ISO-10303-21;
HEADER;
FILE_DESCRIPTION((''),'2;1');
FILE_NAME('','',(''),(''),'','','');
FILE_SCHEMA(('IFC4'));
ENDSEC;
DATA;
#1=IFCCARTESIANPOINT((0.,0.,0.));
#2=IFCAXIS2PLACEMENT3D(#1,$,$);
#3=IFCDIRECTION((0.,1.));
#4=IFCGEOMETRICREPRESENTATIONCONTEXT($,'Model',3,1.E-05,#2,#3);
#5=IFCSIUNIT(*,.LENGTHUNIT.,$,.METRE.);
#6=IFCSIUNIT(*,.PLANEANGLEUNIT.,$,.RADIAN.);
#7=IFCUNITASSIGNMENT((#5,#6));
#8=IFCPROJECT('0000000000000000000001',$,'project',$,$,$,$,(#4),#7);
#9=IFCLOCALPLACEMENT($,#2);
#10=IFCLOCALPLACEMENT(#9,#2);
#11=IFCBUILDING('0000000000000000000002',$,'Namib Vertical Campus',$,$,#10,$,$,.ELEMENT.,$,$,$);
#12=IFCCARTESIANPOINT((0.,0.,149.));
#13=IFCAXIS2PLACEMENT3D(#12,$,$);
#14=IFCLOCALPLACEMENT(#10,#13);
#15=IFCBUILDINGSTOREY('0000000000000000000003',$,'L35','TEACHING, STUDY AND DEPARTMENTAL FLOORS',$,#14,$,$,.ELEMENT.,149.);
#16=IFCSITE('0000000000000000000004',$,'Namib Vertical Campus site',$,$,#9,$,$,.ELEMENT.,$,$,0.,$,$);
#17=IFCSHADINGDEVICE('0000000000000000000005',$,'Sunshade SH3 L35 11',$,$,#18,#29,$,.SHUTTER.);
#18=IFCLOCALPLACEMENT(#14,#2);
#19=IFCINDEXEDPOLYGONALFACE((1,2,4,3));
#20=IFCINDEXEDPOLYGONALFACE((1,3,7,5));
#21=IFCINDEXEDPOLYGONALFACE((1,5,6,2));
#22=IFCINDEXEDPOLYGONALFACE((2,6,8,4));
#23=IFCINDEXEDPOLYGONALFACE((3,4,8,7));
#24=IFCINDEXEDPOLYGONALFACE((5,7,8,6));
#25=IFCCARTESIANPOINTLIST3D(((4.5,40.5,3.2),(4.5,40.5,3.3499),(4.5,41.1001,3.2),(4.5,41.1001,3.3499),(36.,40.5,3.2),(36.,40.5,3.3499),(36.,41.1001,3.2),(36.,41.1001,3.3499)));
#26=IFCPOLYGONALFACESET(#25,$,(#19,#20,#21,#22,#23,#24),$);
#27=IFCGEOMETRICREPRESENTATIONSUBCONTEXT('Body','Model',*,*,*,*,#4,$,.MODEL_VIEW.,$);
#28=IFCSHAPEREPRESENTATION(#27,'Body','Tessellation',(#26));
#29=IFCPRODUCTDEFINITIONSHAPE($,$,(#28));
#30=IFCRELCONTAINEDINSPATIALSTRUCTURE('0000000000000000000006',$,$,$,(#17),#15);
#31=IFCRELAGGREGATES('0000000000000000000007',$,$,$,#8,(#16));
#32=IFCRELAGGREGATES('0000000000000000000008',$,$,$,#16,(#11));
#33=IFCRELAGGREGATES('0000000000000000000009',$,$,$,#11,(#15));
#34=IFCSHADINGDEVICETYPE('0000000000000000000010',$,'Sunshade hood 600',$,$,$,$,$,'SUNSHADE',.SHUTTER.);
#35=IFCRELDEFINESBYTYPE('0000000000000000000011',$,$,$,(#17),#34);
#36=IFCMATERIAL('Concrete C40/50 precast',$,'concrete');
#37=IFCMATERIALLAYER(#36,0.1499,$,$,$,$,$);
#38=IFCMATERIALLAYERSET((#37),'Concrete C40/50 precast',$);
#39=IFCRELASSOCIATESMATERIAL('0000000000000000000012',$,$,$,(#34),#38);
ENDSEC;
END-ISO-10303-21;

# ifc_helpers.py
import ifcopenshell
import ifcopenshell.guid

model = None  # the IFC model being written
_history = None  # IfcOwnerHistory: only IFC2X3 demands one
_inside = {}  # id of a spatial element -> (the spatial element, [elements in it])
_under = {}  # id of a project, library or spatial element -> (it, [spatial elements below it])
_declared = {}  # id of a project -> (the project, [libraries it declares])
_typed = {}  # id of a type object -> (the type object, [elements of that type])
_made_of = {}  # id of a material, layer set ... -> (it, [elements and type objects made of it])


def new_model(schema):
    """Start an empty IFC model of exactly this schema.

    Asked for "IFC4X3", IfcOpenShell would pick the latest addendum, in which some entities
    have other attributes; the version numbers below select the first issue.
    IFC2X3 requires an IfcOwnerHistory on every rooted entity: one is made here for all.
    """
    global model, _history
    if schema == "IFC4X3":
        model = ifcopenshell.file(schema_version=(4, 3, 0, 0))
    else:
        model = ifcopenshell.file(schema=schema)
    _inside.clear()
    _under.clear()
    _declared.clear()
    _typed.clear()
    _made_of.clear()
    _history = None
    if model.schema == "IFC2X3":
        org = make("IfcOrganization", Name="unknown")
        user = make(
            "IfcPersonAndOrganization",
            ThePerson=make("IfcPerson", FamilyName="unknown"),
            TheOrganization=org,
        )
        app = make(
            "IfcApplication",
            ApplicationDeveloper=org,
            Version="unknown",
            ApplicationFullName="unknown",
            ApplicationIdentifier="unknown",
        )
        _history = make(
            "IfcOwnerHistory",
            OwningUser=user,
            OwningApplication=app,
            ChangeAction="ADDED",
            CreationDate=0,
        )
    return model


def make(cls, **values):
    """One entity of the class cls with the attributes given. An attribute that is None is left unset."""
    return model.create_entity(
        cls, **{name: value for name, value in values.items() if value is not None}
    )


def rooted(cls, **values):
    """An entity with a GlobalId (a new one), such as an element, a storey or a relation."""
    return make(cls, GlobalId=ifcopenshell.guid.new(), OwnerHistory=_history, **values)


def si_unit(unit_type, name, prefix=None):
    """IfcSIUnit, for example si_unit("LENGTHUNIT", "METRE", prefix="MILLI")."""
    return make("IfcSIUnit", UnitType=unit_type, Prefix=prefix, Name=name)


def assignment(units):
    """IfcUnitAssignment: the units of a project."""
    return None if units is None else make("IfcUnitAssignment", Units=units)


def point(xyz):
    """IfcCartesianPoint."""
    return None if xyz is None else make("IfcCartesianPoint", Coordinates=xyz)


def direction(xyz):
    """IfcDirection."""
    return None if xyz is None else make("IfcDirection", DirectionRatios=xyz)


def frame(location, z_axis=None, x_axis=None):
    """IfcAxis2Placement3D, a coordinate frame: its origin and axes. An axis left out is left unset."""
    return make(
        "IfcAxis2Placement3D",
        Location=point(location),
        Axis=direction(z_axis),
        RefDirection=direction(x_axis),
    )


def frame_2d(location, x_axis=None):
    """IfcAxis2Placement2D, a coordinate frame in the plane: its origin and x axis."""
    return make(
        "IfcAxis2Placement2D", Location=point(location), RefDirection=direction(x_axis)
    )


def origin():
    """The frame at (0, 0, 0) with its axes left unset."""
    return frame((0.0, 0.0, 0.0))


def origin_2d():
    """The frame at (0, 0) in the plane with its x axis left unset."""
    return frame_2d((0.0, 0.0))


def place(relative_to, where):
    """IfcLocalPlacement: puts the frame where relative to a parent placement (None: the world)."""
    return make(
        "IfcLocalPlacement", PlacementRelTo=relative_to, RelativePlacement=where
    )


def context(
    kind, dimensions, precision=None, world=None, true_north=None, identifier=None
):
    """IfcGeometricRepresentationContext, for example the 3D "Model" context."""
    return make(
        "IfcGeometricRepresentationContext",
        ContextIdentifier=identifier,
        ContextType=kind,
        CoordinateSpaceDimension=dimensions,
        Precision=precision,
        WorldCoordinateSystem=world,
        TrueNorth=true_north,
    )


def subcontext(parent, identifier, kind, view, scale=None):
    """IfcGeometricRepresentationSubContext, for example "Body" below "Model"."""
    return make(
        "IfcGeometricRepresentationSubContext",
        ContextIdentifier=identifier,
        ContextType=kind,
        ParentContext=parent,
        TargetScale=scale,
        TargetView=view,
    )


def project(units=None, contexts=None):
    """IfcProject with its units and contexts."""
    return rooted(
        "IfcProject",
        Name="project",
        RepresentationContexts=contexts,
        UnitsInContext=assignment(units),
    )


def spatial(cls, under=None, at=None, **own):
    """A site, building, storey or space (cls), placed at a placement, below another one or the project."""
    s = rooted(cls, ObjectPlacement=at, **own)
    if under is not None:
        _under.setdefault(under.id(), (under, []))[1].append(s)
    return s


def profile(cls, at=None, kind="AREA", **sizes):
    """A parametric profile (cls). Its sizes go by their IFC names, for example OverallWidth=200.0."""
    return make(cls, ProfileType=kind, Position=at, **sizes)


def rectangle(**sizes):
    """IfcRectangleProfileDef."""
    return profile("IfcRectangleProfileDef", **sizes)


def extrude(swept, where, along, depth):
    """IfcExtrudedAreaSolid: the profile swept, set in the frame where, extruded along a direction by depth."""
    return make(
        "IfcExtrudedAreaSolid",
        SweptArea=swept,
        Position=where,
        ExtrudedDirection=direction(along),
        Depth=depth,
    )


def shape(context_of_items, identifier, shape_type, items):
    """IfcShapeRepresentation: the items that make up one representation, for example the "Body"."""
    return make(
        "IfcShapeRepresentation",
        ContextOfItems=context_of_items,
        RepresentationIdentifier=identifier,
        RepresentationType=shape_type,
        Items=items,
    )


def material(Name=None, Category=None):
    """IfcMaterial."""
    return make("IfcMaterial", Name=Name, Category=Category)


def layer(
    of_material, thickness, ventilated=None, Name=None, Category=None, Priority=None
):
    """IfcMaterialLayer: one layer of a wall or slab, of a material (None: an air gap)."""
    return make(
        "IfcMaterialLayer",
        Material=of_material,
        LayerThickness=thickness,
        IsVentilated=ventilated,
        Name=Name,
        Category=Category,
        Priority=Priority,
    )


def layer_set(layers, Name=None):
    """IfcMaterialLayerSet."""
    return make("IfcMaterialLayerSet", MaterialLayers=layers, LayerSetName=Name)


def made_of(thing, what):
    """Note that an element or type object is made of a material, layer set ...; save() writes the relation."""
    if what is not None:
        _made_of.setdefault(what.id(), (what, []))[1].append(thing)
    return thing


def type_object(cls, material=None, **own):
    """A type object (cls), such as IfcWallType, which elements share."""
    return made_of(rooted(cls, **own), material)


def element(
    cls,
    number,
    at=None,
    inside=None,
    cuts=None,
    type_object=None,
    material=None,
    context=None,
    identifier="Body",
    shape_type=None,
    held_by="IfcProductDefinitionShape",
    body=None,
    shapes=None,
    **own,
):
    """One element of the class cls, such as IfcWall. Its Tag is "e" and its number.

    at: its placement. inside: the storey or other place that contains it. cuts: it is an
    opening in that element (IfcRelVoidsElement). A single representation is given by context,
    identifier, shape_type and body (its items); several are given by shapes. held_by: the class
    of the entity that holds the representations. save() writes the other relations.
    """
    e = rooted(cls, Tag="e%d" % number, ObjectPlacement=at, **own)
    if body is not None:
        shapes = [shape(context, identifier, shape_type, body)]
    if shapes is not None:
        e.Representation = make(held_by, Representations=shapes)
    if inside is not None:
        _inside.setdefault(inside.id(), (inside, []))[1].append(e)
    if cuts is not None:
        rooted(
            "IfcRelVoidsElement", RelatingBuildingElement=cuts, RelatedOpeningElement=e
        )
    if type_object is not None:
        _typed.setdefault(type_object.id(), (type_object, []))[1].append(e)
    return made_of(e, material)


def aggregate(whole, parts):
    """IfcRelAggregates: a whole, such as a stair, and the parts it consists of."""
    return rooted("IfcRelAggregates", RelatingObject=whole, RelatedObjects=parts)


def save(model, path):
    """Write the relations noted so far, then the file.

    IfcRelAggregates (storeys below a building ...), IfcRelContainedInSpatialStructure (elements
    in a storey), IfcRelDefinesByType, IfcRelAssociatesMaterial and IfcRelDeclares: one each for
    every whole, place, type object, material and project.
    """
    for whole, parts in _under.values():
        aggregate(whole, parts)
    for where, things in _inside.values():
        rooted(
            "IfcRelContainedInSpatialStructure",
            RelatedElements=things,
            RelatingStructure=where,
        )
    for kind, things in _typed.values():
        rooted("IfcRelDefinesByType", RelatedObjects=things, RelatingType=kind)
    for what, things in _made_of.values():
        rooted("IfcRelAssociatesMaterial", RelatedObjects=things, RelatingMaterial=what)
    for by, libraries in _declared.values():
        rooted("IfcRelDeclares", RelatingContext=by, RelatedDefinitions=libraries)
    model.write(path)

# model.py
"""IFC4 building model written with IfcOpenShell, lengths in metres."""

from ifc_helpers import new_model, si_unit, direction, frame, origin, origin_2d, place, context, subcontext, project, spatial, rectangle, extrude, material, layer, layer_set, type_object, element, save


model = new_model("IFC4")

# Units and contexts
model_context = context("Model", 3, precision=1e-05, world=origin(), true_north=direction((0.0, 1.0)))
body_context = subcontext(model_context, "Body", "Model", "MODEL_VIEW")
ifc_project = project(units=[si_unit("LENGTHUNIT", "METRE"), si_unit("PLANEANGLEUNIT", "RADIAN")], contexts=[model_context])

# Site, building, storey
site_placement = place(None, origin())
site = spatial("IfcSite", under=ifc_project, at=site_placement, Name="Namib Vertical Campus site", CompositionType="ELEMENT", RefElevation=0.0)
building_placement = place(site_placement, origin())
building = spatial("IfcBuilding", under=site, at=building_placement, Name="Namib Vertical Campus", CompositionType="ELEMENT")
storey_placement = place(building_placement, frame((0.0, 0.0, 149.0)))
storey = spatial("IfcBuildingStorey", under=building, at=storey_placement, Name="L35", Description="TEACHING, STUDY AND DEPARTMENTAL FLOORS", CompositionType="ELEMENT", Elevation=149.0)

# Shading device
ifc_material_1 = material(Name="Concrete C40/50 precast", Category="concrete")
ifc_layer_1 = layer(ifc_material_1, 0.1499)
ifc_layer_set_1 = layer_set([ifc_layer_1], Name="Concrete C40/50 precast")
shading_device_type = type_object("IfcShadingDeviceType", Name="Sunshade hood 600", ElementType="SUNSHADE", PredefinedType="SHUTTER", material=ifc_layer_set_1)
shading_device_placement = place(storey_placement, frame((20.25, 40.8, 3.2), z_axis=(0.0, 0.0, 1.0), x_axis=(-1.0, 0.0, 0.0)))
element("IfcShadingDevice", 1, at=shading_device_placement, inside=storey, type_object=shading_device_type, Name="Sunshade SH3 L35 11", PredefinedType="SHUTTER", context=body_context, shape_type="SweptSolid", body=[
    extrude(rectangle(XDim=31.5, YDim=0.6001, at=origin_2d()), origin(), (0.0, 0.0, 1.0), 0.1499),
])

save(model, "model.ifc")
